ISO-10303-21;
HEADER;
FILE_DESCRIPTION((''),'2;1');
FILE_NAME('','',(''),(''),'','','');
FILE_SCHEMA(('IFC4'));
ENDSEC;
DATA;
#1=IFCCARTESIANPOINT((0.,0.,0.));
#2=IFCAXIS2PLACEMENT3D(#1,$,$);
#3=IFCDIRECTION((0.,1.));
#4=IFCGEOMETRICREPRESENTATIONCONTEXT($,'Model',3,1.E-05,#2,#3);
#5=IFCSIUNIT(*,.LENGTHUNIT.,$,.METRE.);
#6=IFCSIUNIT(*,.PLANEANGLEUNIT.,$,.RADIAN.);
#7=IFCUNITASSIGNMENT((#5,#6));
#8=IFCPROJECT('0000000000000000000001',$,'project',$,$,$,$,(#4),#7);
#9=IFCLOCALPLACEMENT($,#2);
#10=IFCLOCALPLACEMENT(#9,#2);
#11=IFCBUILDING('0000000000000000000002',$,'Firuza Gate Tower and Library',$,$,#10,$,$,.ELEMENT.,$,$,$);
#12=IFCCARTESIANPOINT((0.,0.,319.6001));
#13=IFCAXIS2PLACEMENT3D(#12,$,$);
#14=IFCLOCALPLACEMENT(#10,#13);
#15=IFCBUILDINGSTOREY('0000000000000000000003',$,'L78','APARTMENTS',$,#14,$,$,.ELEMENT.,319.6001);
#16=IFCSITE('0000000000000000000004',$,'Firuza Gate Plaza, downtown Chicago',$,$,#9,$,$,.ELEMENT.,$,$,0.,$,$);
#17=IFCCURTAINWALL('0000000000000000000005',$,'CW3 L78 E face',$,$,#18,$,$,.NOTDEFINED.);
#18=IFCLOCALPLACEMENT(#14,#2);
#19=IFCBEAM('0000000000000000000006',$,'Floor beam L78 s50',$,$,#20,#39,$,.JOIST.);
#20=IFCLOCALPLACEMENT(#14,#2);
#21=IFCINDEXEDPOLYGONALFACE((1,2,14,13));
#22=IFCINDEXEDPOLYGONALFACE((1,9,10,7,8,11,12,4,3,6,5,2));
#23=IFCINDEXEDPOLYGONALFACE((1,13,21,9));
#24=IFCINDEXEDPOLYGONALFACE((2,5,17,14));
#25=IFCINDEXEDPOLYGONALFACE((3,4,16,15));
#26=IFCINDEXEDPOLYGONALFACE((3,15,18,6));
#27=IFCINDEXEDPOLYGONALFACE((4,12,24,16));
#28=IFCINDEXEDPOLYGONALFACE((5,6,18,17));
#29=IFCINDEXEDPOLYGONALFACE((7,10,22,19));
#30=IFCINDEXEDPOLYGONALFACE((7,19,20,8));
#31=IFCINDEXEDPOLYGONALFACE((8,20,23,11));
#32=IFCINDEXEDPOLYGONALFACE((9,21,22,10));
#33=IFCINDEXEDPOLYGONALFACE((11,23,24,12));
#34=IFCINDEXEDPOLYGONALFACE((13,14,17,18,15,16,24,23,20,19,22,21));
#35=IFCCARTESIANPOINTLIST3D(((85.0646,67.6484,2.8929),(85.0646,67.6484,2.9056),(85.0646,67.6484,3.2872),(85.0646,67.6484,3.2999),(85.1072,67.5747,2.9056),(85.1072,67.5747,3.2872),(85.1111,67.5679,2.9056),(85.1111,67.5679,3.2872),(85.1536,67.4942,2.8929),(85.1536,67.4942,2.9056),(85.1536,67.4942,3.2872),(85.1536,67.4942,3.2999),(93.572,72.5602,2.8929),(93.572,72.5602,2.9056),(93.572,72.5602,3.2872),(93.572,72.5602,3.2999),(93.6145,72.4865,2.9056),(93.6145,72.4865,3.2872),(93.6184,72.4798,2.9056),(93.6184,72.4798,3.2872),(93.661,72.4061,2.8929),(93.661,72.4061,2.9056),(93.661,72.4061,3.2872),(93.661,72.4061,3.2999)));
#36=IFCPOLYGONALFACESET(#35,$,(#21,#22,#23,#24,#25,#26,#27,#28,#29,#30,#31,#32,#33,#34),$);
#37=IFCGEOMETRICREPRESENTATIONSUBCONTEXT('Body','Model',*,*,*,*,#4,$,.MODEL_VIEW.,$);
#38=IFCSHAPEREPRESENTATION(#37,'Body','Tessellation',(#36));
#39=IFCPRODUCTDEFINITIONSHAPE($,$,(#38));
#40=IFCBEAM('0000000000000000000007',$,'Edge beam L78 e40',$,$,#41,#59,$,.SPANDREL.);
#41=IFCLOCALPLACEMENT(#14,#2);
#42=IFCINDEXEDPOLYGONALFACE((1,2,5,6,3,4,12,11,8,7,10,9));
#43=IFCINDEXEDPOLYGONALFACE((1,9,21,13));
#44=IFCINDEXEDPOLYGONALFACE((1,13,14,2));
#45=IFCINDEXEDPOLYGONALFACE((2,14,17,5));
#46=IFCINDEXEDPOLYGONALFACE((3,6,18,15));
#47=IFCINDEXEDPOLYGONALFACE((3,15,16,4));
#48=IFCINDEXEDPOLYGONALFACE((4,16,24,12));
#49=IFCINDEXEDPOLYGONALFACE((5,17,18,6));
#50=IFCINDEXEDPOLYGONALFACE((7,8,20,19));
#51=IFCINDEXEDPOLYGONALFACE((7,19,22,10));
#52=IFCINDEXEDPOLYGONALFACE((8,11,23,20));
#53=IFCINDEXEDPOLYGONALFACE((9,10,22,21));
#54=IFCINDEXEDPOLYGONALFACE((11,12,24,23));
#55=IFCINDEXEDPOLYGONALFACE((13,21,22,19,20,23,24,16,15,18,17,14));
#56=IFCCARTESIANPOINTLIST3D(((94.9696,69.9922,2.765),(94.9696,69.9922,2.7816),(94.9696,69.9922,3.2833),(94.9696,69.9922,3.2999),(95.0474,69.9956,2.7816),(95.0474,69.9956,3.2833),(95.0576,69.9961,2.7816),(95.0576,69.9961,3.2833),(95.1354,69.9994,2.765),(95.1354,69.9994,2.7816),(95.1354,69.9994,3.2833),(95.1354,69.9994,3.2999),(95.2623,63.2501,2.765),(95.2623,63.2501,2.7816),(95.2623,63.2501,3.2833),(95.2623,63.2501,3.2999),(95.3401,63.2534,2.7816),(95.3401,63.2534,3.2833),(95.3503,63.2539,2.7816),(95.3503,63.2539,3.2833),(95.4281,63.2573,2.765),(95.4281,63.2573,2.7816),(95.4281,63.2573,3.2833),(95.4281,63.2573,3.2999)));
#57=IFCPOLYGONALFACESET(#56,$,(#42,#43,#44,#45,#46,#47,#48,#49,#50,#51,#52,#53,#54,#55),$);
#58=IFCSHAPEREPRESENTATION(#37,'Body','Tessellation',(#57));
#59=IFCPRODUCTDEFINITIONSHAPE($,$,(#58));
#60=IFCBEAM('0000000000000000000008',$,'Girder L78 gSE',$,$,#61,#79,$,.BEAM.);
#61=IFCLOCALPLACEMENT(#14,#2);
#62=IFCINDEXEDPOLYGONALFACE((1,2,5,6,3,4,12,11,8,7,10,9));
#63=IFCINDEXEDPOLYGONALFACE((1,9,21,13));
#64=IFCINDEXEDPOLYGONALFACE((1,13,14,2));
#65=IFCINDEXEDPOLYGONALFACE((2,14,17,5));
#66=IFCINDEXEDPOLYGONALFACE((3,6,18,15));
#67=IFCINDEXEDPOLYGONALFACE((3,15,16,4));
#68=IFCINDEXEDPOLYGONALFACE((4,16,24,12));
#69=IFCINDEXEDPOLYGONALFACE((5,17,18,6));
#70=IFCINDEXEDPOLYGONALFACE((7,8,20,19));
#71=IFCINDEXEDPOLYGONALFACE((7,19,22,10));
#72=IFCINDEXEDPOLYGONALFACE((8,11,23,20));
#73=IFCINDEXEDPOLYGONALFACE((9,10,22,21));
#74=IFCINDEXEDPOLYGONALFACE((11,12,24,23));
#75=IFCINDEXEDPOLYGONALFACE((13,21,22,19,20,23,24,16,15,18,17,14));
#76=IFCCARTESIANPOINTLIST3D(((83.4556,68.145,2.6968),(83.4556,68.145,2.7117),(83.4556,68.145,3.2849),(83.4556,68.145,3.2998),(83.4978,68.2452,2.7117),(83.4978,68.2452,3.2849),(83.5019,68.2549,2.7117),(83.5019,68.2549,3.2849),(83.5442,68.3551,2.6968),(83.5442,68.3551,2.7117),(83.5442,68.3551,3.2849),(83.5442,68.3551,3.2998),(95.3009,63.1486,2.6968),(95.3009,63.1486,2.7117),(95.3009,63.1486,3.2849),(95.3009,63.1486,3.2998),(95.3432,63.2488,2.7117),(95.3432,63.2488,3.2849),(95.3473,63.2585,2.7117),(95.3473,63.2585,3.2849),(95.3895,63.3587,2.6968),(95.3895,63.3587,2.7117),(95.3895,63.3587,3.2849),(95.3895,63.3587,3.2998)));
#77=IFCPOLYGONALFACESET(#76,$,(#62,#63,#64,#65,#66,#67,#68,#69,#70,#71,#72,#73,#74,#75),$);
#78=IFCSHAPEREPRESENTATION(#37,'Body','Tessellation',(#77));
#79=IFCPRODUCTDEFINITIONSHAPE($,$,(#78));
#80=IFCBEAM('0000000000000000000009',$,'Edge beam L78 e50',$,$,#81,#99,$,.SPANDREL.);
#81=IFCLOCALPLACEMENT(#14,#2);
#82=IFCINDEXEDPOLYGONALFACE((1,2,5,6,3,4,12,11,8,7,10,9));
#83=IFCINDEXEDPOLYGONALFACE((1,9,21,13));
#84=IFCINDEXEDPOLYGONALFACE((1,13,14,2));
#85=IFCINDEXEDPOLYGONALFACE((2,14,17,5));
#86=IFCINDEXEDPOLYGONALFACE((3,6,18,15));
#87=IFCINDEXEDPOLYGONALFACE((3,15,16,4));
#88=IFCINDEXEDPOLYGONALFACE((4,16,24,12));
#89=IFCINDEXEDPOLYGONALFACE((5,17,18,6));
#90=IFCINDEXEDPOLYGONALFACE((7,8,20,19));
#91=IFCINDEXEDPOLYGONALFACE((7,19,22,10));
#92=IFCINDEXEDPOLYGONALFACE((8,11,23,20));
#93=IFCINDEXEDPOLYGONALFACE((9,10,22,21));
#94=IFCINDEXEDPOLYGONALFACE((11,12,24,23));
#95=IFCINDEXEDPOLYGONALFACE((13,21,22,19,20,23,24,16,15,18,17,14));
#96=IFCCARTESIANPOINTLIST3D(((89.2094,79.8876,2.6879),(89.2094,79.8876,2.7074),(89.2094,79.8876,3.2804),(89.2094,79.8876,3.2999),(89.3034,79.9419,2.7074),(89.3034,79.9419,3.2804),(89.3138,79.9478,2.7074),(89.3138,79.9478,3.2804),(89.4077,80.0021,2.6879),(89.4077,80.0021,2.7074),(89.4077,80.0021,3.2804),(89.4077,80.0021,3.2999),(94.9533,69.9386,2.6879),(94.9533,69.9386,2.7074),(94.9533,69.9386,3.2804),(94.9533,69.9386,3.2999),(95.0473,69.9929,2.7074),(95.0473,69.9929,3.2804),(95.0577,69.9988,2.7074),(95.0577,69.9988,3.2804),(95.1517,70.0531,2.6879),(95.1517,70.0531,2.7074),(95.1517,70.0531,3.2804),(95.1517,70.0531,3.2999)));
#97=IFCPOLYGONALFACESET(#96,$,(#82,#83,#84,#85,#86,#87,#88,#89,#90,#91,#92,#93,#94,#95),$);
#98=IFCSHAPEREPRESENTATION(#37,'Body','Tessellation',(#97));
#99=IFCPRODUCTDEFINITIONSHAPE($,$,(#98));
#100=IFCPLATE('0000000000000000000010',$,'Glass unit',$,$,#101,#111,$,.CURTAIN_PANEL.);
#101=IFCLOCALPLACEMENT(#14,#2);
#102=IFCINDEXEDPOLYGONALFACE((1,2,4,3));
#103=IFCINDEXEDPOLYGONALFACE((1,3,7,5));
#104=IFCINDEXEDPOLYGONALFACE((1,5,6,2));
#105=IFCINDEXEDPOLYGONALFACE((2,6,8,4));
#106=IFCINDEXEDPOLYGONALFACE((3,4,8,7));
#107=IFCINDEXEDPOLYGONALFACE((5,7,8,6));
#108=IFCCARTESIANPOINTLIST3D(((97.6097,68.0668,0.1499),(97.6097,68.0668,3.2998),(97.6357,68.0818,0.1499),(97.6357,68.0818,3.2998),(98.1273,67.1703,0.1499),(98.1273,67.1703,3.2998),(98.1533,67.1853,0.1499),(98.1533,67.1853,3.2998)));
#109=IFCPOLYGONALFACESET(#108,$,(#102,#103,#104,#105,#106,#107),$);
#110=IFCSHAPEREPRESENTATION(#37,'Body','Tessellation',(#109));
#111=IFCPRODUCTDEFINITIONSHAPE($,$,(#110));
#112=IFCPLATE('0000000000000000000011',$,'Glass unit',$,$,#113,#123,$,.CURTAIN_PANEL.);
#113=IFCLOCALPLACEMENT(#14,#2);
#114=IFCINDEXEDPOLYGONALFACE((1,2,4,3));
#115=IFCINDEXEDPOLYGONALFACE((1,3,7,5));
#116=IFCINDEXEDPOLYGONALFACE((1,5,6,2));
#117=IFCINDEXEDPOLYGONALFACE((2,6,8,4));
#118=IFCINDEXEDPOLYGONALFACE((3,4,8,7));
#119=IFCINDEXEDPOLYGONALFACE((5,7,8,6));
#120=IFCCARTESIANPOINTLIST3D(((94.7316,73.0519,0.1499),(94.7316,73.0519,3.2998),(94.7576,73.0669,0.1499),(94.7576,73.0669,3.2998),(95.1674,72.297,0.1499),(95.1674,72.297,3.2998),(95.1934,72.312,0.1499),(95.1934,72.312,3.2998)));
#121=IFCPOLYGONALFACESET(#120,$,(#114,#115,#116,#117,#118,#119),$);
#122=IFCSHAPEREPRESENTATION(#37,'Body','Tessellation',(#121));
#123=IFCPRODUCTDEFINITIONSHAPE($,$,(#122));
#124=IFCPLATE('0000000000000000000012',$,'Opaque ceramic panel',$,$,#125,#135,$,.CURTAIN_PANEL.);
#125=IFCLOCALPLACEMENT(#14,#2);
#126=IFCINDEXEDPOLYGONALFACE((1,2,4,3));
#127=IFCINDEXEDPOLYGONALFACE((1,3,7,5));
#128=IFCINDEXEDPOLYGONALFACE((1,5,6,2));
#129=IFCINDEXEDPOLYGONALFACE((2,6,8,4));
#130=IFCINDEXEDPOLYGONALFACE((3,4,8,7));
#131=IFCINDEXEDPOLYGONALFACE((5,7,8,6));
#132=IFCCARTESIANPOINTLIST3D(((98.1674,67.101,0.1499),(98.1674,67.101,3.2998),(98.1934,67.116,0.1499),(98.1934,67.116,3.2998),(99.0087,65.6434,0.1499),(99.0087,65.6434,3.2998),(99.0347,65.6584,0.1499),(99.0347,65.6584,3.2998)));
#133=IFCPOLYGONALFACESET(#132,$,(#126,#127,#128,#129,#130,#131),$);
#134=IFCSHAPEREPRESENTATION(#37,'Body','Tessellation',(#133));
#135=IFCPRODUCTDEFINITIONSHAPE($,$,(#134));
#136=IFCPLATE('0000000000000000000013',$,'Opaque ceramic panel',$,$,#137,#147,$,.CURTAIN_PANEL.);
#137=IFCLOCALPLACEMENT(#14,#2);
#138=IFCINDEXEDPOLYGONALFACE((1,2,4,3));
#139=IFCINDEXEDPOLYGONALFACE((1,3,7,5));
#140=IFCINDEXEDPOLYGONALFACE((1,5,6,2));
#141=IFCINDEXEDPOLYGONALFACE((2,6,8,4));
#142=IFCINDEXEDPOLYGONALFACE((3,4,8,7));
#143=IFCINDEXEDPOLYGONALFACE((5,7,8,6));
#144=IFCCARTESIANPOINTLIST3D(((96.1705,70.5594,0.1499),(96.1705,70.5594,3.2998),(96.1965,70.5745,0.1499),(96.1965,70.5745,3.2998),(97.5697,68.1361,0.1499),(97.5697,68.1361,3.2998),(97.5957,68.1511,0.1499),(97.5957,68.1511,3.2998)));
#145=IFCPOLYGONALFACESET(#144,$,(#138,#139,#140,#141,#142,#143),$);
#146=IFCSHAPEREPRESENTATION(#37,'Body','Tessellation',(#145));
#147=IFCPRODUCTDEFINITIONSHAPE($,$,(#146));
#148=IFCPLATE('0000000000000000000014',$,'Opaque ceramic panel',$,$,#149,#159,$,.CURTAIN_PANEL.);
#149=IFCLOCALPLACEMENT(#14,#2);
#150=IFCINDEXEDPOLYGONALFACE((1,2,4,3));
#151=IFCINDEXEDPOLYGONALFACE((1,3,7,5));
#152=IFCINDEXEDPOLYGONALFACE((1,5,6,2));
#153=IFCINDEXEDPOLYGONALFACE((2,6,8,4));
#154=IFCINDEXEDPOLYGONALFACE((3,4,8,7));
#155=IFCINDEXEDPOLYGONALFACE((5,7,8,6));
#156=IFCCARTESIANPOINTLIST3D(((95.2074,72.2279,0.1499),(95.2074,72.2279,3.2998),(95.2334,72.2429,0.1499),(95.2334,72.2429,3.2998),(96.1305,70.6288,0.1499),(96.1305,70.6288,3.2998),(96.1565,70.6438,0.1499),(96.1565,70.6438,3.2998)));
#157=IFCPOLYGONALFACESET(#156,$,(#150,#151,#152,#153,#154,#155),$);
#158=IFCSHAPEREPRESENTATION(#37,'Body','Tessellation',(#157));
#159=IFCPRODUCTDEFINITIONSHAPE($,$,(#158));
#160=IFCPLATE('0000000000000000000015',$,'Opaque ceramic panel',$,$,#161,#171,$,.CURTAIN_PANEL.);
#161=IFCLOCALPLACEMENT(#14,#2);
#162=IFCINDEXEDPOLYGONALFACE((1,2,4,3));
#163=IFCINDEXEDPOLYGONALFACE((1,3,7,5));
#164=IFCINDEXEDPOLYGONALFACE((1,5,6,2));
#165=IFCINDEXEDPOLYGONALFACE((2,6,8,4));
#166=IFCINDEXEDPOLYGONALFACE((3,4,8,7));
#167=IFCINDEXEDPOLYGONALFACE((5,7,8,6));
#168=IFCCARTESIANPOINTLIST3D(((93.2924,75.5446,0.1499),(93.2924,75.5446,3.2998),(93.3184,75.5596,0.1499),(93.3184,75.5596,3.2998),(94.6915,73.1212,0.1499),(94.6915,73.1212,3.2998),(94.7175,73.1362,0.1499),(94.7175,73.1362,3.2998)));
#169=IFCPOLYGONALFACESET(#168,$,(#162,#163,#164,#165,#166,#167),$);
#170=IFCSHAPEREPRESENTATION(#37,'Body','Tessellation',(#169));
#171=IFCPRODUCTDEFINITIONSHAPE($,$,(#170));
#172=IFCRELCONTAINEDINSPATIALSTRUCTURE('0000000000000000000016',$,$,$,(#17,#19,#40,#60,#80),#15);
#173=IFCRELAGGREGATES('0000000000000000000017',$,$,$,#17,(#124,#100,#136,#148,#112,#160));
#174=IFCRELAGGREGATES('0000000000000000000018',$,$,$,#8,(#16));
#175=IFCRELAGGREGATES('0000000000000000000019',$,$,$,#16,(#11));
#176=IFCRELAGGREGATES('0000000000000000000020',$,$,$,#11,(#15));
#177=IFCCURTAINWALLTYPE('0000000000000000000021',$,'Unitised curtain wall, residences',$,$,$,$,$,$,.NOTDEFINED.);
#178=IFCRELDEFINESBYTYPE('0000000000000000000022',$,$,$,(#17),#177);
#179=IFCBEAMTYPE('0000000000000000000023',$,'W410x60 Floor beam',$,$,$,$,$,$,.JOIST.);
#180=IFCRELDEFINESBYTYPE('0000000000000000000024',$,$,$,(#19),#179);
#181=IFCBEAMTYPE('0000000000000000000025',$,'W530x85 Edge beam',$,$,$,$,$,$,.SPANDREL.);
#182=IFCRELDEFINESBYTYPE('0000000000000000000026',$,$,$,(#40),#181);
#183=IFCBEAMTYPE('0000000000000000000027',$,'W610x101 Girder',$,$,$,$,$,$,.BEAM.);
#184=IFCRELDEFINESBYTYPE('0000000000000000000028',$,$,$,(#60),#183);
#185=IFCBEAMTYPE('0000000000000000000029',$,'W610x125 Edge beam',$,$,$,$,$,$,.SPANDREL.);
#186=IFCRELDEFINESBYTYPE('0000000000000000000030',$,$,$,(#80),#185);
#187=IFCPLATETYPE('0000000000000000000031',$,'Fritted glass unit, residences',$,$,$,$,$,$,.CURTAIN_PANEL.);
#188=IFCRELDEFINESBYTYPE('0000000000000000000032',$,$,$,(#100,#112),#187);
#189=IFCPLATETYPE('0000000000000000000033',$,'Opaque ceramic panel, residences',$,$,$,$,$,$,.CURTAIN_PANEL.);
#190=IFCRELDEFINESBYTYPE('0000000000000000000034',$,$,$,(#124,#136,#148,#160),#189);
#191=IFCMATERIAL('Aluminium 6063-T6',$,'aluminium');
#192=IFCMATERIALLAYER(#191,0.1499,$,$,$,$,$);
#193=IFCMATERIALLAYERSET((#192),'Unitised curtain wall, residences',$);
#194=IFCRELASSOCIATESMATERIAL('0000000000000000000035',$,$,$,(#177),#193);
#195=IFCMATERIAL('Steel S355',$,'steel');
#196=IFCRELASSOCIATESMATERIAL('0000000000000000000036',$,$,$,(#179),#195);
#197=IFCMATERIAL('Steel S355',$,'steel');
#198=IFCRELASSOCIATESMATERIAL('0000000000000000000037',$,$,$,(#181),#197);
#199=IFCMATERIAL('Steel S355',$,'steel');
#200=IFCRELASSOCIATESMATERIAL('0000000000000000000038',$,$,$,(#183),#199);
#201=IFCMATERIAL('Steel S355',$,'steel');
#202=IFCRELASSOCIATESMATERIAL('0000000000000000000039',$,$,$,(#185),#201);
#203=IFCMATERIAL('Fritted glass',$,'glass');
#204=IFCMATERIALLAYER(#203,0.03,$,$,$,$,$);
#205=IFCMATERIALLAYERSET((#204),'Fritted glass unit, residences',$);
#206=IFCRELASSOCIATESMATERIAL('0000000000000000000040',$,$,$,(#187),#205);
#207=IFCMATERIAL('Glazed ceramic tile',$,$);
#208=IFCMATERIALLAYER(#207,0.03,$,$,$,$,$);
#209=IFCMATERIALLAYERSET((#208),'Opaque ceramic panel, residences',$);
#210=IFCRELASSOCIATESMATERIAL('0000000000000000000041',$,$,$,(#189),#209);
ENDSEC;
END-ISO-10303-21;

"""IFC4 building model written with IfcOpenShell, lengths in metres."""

from ifc_helpers import new_model, si_unit, direction, frame, origin, origin_2d, place, context, subcontext, project, spatial, polyline, i_section, outline, extrude, material, layer, layer_set, material_profile, profile_set, type_object, element, aggregate, save


model = new_model("IFC4")

# Units and contexts
model_context = context("Model", 3, precision=1e-05, world=origin(), true_north=direction((0.0, 1.0)))
body_context = subcontext(model_context, "Body", "Model", "MODEL_VIEW")
ifc_project = project(units=[si_unit("LENGTHUNIT", "METRE"), si_unit("PLANEANGLEUNIT", "RADIAN")], contexts=[model_context])

# Site, building, storey
site_placement = place(None, origin())
site = spatial("IfcSite", under=ifc_project, at=site_placement, Name="Firuza Gate Plaza, downtown Chicago", CompositionType="ELEMENT", RefElevation=0.0)
building_placement = place(site_placement, origin())
building = spatial("IfcBuilding", under=site, at=building_placement, Name="Firuza Gate Tower and Library", CompositionType="ELEMENT")
storey_placement = place(building_placement, frame((0.0, 0.0, 319.6001)))
storey = spatial("IfcBuildingStorey", under=building, at=storey_placement, Name="L78", Description="APARTMENTS", CompositionType="ELEMENT", Elevation=319.6001)

# Curtain wall
ifc_material_1 = material(Name="Aluminium 6063-T6", Category="aluminium")
ifc_layer_1 = layer(ifc_material_1, 0.1499)
ifc_layer_set_1 = layer_set([ifc_layer_1], Name="Unitised curtain wall, residences")
curtain_wall_type_1 = type_object("IfcCurtainWallType", Name="Unitised curtain wall, residences", PredefinedType="NOTDEFINED", material=ifc_layer_set_1)
placement = place(storey_placement, origin())
curtain_wall_1 = element("IfcCurtainWall", 1, at=placement, inside=storey, type_object=curtain_wall_type_1, Name="CW3 L78 E face", PredefinedType="NOTDEFINED")

# Beams
ifc_material_2 = material(Name="Steel S355", Category="steel")
ifc_material_profile_1 = material_profile(ifc_material_2, i_section(OverallWidth=0.178, OverallDepth=0.407, WebThickness=0.0078, FlangeThickness=0.0127, at=origin_2d()))
ifc_profile_set_1 = profile_set([ifc_material_profile_1], Name="Steel S355")
beam_type_1 = type_object("IfcBeamType", Name="W410x60 Floor beam", PredefinedType="JOIST", material=ifc_profile_set_1)
beam_1_placement = place(storey_placement, frame((93.6165, 72.4832, 3.0964), z_axis=(-0.866018, -0.500012, 0.0), x_axis=(0.500012, -0.866018, 0.0)))
element("IfcBeam", 2, at=beam_1_placement, inside=storey, type_object=beam_type_1, Name="Floor beam L78 s50", PredefinedType="JOIST", context=body_context, shape_type="SweptSolid", body=[
    extrude(i_section(OverallWidth=0.178, OverallDepth=0.407, WebThickness=0.0078, FlangeThickness=0.0127, at=origin_2d()), origin(), (0.0, 0.0, 1.0), 9.8235),
])
ifc_material_3 = material(Name="Steel S355", Category="steel")
ifc_material_profile_2 = material_profile(ifc_material_3, i_section(OverallWidth=0.166, OverallDepth=0.5349, WebThickness=0.0103, FlangeThickness=0.0166, at=origin_2d()))
ifc_profile_set_2 = profile_set([ifc_material_profile_2], Name="Steel S355")
beam_type_2 = type_object("IfcBeamType", Name="W530x85 Edge beam", PredefinedType="SPANDREL", material=ifc_profile_set_2)
beam_2_placement = place(storey_placement, frame((95.3452, 63.2537, 3.0325), z_axis=(-0.043376, 0.999059, 0.0), x_axis=(-0.999059, -0.043376, 0.0)))
element("IfcBeam", 3, at=beam_2_placement, inside=storey, type_object=beam_type_2, Name="Edge beam L78 e40", PredefinedType="SPANDREL", context=body_context, shape_type="SweptSolid", body=[
    extrude(i_section(OverallWidth=0.166, OverallDepth=0.5349, WebThickness=0.0103, FlangeThickness=0.0166, at=origin_2d()), origin(), (0.0, 0.0, 1.0), 6.7485),
])
ifc_material_4 = material(Name="Steel S355", Category="steel")
ifc_material_profile_3 = material_profile(ifc_material_4, i_section(OverallWidth=0.228, OverallDepth=0.603, WebThickness=0.0105, FlangeThickness=0.0149, at=origin_2d()))
ifc_profile_set_3 = profile_set([ifc_material_profile_3], Name="Steel S355")
beam_type_3 = type_object("IfcBeamType", Name="W610x101 Girder", PredefinedType="BEAM", material=ifc_profile_set_3)
beam_3_placement = place(storey_placement, frame((95.3452, 63.2537, 2.9983), z_axis=(-0.921388, 0.388644, 0.0), x_axis=(-0.388644, -0.921388, 0.0)))
element("IfcBeam", 4, at=beam_3_placement, inside=storey, type_object=beam_type_3, Name="Girder L78 gSE", PredefinedType="BEAM", context=body_context, shape_type="SweptSolid", body=[
    extrude(i_section(OverallWidth=0.228, OverallDepth=0.603, WebThickness=0.0105, FlangeThickness=0.0149, at=origin_2d()), origin(), (0.0, 0.0, 1.0), 12.856),
])
ifc_material_5 = material(Name="Steel S355", Category="steel")
ifc_material_profile_4 = material_profile(ifc_material_5, i_section(OverallWidth=0.229, OverallDepth=0.6121, WebThickness=0.012, FlangeThickness=0.0195, at=origin_2d()))
ifc_profile_set_4 = profile_set([ifc_material_profile_4], Name="Steel S355")
beam_type_4 = type_object("IfcBeamType", Name="W610x125 Edge beam", PredefinedType="SPANDREL", material=ifc_profile_set_4)
beam_4_placement = place(storey_placement, frame((95.0525, 69.9958, 2.9939), z_axis=(-0.49999, 0.866031, 0.0), x_axis=(-0.866031, -0.49999, 0.0)))
element("IfcBeam", 5, at=beam_4_placement, inside=storey, type_object=beam_type_4, Name="Edge beam L78 e50", PredefinedType="SPANDREL", context=body_context, shape_type="SweptSolid", body=[
    extrude(i_section(OverallWidth=0.229, OverallDepth=0.6121, WebThickness=0.012, FlangeThickness=0.0195, at=origin_2d()), origin(), (0.0, 0.0, 1.0), 11.488),
])

# Plates
ifc_material_6 = material(Name="Fritted glass", Category="glass")
ifc_layer_2 = layer(ifc_material_6, 0.03)
ifc_layer_set_2 = layer_set([ifc_layer_2], Name="Fritted glass unit, residences")
plate_type_1 = type_object("IfcPlateType", Name="Fritted glass unit, residences", PredefinedType="CURTAIN_PANEL", material=ifc_layer_set_2)
plate_1_placement = place(storey_placement, frame((98.1533, 67.1853, 0.1499), z_axis=(0.866028, 0.499995, 0.0), x_axis=(-0.499995, 0.866028, 0.0)))
plate_1 = element("IfcPlate", 6, at=plate_1_placement, type_object=plate_type_1, Name="Glass unit", PredefinedType="CURTAIN_PANEL", context=body_context, shape_type="SweptSolid", body=[
    extrude(outline(polyline([(0.0, 0.0), (1.0352, 0.0), (1.0352, 3.1499), (0.0, 3.1499), (0.0, 0.0)])), origin(), (0.0, 0.0, -1.0), 0.03),
])
plate_2_placement = place(storey_placement, frame((95.1934, 72.312, 0.1499), z_axis=(0.866046, 0.499965, 0.0), x_axis=(-0.499965, 0.866046, 0.0)))
plate_2 = element("IfcPlate", 7, at=plate_2_placement, type_object=plate_type_1, Name="Glass unit", PredefinedType="CURTAIN_PANEL", context=body_context, shape_type="SweptSolid", body=[
    extrude(outline(polyline([(0.0, 0.0), (0.8716, 0.0), (0.8716, 3.1499), (0.0, 3.1499), (0.0, 0.0)])), origin(), (0.0, 0.0, -1.0), 0.03),
])
ifc_material_7 = material(Name="Glazed ceramic tile")
ifc_layer_3 = layer(ifc_material_7, 0.03)
ifc_layer_set_3 = layer_set([ifc_layer_3], Name="Opaque ceramic panel, residences")
plate_type_2 = type_object("IfcPlateType", Name="Opaque ceramic panel, residences", PredefinedType="CURTAIN_PANEL", material=ifc_layer_set_3)
plate_3_placement = place(storey_placement, frame((99.0347, 65.6584, 0.1499), z_axis=(0.866074, 0.499915, 0.0), x_axis=(-0.499915, 0.866074, 0.0)))
plate_3 = element("IfcPlate", 8, at=plate_3_placement, type_object=plate_type_2, Name="Opaque ceramic panel", PredefinedType="CURTAIN_PANEL", context=body_context, shape_type="SweptSolid", body=[
    extrude(outline(polyline([(0.0, 0.0), (1.6829, 0.0), (1.6829, 3.1499), (0.0, 3.1499), (0.0, 0.0)])), origin(), (0.0, 0.0, -1.0), 0.03),
])
plate_4_placement = place(storey_placement, frame((97.5957, 68.1511, 0.1499), z_axis=(0.866017, 0.500014, 0.0), x_axis=(-0.500014, 0.866017, 0.0)))
plate_4 = element("IfcPlate", 9, at=plate_4_placement, type_object=plate_type_2, Name="Opaque ceramic panel", PredefinedType="CURTAIN_PANEL", context=body_context, shape_type="SweptSolid", body=[
    extrude(outline(polyline([(0.0, 0.0), (2.7983, 0.0), (2.7983, 3.1499), (0.0, 3.1499), (0.0, 0.0)])), origin(), (0.0, 0.0, -1.0), 0.03),
])
plate_5_placement = place(storey_placement, frame((96.1565, 70.6438, 0.1499), z_axis=(0.866062, 0.499936, 0.0), x_axis=(-0.499936, 0.866062, 0.0)))
plate_5 = element("IfcPlate", 10, at=plate_5_placement, type_object=plate_type_2, Name="Opaque ceramic panel", PredefinedType="CURTAIN_PANEL", context=body_context, shape_type="SweptSolid", body=[
    extrude(outline(polyline([(0.0, 0.0), (1.8464, 0.0), (1.8464, 3.1499), (0.0, 3.1499), (0.0, 0.0)])), origin(), (0.0, 0.0, -1.0), 0.03),
])
plate_6_placement = place(storey_placement, frame((94.7175, 73.1362, 0.1499), z_axis=(0.866017, 0.500014, 0.0), x_axis=(-0.500014, 0.866017, 0.0)))
plate_6 = element("IfcPlate", 11, at=plate_6_placement, type_object=plate_type_2, Name="Opaque ceramic panel", PredefinedType="CURTAIN_PANEL", context=body_context, shape_type="SweptSolid", body=[
    extrude(outline(polyline([(0.0, 0.0), (2.7983, 0.0), (2.7983, 3.1499), (0.0, 3.1499), (0.0, 0.0)])), origin(), (0.0, 0.0, -1.0), 0.03),
])
aggregate(curtain_wall_1, [plate_3, plate_1, plate_4, plate_5, plate_2, plate_6])

save(model, "model.ifc")
